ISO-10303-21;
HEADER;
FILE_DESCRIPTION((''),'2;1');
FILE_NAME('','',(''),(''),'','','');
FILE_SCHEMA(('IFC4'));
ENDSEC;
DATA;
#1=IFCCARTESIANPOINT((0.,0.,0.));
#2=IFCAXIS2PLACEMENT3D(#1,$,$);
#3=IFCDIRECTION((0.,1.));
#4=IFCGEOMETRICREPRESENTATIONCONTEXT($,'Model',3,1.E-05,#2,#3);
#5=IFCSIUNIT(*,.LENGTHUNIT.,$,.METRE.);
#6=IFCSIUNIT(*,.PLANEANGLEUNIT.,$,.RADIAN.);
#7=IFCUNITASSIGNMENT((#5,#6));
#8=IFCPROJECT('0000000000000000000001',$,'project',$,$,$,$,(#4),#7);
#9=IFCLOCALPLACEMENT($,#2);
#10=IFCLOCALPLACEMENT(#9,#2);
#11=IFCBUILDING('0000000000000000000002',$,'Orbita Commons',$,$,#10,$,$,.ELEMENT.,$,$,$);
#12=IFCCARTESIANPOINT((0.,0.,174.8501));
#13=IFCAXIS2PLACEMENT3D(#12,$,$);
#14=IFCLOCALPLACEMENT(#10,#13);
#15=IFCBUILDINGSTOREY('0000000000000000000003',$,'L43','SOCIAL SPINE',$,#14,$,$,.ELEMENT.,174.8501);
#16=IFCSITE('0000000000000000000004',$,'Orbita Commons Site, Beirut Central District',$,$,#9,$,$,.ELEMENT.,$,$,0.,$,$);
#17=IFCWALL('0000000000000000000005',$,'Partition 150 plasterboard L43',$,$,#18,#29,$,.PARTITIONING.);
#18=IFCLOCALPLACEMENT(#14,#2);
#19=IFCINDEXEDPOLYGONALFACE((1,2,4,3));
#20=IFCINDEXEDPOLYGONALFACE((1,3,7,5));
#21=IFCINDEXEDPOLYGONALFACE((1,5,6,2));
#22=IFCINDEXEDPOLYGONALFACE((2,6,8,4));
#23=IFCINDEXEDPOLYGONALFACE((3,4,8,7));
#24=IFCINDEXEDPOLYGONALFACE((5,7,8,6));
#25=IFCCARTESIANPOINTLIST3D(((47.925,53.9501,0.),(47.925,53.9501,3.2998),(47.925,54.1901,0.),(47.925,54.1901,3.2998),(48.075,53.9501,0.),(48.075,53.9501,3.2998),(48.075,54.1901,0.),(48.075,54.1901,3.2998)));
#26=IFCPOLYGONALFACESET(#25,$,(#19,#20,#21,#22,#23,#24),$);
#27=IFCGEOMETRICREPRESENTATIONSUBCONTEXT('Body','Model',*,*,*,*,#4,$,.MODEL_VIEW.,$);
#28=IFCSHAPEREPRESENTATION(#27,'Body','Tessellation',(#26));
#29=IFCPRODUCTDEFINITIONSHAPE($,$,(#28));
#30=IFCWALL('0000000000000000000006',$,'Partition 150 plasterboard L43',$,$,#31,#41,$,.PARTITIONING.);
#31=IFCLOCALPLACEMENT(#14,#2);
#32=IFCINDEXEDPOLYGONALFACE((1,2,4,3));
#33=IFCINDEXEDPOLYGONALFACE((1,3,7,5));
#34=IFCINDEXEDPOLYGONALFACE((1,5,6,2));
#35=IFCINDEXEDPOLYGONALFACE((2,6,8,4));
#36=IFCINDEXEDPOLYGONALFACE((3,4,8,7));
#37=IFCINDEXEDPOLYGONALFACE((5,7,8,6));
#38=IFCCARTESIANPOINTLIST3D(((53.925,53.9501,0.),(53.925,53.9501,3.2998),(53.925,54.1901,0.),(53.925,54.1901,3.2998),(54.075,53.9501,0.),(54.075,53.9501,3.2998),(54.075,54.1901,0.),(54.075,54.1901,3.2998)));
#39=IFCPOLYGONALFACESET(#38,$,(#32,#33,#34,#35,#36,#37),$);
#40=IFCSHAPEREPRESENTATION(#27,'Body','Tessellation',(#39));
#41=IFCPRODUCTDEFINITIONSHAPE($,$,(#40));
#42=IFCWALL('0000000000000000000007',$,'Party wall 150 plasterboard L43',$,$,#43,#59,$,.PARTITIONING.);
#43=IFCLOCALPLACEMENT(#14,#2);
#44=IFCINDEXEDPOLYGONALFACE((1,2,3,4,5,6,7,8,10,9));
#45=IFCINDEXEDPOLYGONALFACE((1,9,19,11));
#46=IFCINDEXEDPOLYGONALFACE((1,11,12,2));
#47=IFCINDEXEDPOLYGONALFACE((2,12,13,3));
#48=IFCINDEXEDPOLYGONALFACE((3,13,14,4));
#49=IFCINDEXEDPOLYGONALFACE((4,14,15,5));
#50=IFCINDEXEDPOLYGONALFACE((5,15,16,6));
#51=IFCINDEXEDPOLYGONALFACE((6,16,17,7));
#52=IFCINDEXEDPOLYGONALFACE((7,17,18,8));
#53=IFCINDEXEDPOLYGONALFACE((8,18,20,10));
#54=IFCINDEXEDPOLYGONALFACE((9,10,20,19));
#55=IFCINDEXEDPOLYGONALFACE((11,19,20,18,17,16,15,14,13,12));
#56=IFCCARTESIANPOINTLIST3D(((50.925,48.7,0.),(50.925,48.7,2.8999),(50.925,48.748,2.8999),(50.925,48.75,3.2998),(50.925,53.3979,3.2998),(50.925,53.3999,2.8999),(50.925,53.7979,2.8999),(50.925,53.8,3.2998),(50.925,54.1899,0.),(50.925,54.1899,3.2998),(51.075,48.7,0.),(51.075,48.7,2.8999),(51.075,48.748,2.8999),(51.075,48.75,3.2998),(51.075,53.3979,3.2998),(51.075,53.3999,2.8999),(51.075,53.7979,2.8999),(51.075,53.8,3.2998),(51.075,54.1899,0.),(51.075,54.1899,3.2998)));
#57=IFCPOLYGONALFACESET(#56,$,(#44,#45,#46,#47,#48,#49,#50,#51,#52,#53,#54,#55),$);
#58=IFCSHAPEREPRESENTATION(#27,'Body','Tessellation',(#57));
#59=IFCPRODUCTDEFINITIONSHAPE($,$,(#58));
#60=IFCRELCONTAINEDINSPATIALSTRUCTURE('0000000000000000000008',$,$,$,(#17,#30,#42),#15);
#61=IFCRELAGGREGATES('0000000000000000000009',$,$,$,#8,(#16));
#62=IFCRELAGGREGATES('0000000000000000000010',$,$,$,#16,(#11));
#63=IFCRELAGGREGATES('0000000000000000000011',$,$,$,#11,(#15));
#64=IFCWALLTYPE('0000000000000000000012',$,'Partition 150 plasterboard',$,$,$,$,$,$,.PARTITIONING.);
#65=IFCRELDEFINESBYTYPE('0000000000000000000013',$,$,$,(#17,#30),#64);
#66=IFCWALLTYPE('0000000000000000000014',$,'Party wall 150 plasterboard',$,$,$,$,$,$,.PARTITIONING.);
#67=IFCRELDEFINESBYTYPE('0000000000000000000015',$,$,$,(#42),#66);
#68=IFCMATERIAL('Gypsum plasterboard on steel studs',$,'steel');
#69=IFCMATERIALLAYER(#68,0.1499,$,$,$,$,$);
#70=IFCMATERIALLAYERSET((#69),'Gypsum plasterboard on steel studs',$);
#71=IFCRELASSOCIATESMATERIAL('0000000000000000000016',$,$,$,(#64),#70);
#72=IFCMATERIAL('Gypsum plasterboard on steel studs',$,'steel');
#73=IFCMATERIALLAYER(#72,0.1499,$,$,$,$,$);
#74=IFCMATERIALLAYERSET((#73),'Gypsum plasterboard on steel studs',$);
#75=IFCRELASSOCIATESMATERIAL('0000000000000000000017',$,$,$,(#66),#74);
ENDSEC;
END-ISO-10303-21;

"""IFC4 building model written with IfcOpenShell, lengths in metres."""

from ifc_helpers import new_model, si_unit, direction, frame, frame_2d, origin, place, context, subcontext, project, spatial, polyline, rectangle, outline, extrude, material, layer, layer_set, type_object, element, save


model = new_model("IFC4")

# Units and contexts
model_context = context("Model", 3, precision=1e-05, world=origin(), true_north=direction((0.0, 1.0)))
body_context = subcontext(model_context, "Body", "Model", "MODEL_VIEW")
ifc_project = project(units=[si_unit("LENGTHUNIT", "METRE"), si_unit("PLANEANGLEUNIT", "RADIAN")], contexts=[model_context])

# Site, building, storey
site_placement = place(None, origin())
site = spatial("IfcSite", under=ifc_project, at=site_placement, Name="Orbita Commons Site, Beirut Central District", CompositionType="ELEMENT", RefElevation=0.0)
building_placement = place(site_placement, origin())
building = spatial("IfcBuilding", under=site, at=building_placement, Name="Orbita Commons", CompositionType="ELEMENT")
storey_placement = place(building_placement, frame((0.0, 0.0, 174.8501)))
storey = spatial("IfcBuildingStorey", under=building, at=storey_placement, Name="L43", Description="SOCIAL SPINE", CompositionType="ELEMENT", Elevation=174.8501)

# Walls
ifc_material_1 = material(Name="Gypsum plasterboard on steel studs", Category="steel")
ifc_layer_1 = layer(ifc_material_1, 0.1499)
ifc_layer_set_1 = layer_set([ifc_layer_1], Name="Gypsum plasterboard on steel studs")
wall_type_1 = type_object("IfcWallType", Name="Partition 150 plasterboard", PredefinedType="PARTITIONING", material=ifc_layer_set_1)
for number, where, z_axis, x_axis, name in (
    (1, (48.0, 53.95, 0.0), (0.0, 0.0, 1.0), (0.0, 1.0, 0.0), "Partition 150 plasterboard L43"),
    (2, (54.0, 53.95, 0.0), (0.0, 0.0, 1.0), (0.0, 1.0, 0.0), "Partition 150 plasterboard L43"),
):
    element("IfcWall", number, at=place(storey_placement, frame(where, z_axis=z_axis, x_axis=x_axis)), inside=storey, type_object=wall_type_1, Name=name, PredefinedType="PARTITIONING", context=body_context, shape_type="SweptSolid", body=[
        extrude(rectangle(XDim=0.24, YDim=0.1499, at=frame_2d((0.1201, 0.0))), origin(), (0.0, 0.0, 1.0), 3.2998),
    ])
ifc_material_2 = material(Name="Gypsum plasterboard on steel studs", Category="steel")
ifc_layer_2 = layer(ifc_material_2, 0.1499)
ifc_layer_set_2 = layer_set([ifc_layer_2], Name="Gypsum plasterboard on steel studs")
wall_type_2 = type_object("IfcWallType", Name="Party wall 150 plasterboard", PredefinedType="PARTITIONING", material=ifc_layer_set_2)
wall_1_placement = place(storey_placement, frame((51.0, 54.1899, 0.0), z_axis=(0.0, 0.0, 1.0), x_axis=(0.0, -1.0, 0.0)))
element("IfcWall", 3, at=wall_1_placement, inside=storey, type_object=wall_type_2, Name="Party wall 150 plasterboard L43", PredefinedType="PARTITIONING", context=body_context, shape_type="SweptSolid", body=[
    extrude(outline(polyline([(0.0, 0.0), (5.49, 0.0), (5.49, 2.8999), (5.4419, 2.8999), (5.4399, 3.2998), (0.792, 3.2998), (0.79, 2.8999), (0.3921, 2.8999), (0.3899, 3.2998), (0.0, 3.2998), (0.0, 0.0)])), frame((0.0, 0.075, 0.0), z_axis=(0.0, -1.0, 0.0), x_axis=(1.0, 0.0, 0.0)), (0.0, 0.0, 1.0), 0.1499),
])

save(model, "model.ifc")
